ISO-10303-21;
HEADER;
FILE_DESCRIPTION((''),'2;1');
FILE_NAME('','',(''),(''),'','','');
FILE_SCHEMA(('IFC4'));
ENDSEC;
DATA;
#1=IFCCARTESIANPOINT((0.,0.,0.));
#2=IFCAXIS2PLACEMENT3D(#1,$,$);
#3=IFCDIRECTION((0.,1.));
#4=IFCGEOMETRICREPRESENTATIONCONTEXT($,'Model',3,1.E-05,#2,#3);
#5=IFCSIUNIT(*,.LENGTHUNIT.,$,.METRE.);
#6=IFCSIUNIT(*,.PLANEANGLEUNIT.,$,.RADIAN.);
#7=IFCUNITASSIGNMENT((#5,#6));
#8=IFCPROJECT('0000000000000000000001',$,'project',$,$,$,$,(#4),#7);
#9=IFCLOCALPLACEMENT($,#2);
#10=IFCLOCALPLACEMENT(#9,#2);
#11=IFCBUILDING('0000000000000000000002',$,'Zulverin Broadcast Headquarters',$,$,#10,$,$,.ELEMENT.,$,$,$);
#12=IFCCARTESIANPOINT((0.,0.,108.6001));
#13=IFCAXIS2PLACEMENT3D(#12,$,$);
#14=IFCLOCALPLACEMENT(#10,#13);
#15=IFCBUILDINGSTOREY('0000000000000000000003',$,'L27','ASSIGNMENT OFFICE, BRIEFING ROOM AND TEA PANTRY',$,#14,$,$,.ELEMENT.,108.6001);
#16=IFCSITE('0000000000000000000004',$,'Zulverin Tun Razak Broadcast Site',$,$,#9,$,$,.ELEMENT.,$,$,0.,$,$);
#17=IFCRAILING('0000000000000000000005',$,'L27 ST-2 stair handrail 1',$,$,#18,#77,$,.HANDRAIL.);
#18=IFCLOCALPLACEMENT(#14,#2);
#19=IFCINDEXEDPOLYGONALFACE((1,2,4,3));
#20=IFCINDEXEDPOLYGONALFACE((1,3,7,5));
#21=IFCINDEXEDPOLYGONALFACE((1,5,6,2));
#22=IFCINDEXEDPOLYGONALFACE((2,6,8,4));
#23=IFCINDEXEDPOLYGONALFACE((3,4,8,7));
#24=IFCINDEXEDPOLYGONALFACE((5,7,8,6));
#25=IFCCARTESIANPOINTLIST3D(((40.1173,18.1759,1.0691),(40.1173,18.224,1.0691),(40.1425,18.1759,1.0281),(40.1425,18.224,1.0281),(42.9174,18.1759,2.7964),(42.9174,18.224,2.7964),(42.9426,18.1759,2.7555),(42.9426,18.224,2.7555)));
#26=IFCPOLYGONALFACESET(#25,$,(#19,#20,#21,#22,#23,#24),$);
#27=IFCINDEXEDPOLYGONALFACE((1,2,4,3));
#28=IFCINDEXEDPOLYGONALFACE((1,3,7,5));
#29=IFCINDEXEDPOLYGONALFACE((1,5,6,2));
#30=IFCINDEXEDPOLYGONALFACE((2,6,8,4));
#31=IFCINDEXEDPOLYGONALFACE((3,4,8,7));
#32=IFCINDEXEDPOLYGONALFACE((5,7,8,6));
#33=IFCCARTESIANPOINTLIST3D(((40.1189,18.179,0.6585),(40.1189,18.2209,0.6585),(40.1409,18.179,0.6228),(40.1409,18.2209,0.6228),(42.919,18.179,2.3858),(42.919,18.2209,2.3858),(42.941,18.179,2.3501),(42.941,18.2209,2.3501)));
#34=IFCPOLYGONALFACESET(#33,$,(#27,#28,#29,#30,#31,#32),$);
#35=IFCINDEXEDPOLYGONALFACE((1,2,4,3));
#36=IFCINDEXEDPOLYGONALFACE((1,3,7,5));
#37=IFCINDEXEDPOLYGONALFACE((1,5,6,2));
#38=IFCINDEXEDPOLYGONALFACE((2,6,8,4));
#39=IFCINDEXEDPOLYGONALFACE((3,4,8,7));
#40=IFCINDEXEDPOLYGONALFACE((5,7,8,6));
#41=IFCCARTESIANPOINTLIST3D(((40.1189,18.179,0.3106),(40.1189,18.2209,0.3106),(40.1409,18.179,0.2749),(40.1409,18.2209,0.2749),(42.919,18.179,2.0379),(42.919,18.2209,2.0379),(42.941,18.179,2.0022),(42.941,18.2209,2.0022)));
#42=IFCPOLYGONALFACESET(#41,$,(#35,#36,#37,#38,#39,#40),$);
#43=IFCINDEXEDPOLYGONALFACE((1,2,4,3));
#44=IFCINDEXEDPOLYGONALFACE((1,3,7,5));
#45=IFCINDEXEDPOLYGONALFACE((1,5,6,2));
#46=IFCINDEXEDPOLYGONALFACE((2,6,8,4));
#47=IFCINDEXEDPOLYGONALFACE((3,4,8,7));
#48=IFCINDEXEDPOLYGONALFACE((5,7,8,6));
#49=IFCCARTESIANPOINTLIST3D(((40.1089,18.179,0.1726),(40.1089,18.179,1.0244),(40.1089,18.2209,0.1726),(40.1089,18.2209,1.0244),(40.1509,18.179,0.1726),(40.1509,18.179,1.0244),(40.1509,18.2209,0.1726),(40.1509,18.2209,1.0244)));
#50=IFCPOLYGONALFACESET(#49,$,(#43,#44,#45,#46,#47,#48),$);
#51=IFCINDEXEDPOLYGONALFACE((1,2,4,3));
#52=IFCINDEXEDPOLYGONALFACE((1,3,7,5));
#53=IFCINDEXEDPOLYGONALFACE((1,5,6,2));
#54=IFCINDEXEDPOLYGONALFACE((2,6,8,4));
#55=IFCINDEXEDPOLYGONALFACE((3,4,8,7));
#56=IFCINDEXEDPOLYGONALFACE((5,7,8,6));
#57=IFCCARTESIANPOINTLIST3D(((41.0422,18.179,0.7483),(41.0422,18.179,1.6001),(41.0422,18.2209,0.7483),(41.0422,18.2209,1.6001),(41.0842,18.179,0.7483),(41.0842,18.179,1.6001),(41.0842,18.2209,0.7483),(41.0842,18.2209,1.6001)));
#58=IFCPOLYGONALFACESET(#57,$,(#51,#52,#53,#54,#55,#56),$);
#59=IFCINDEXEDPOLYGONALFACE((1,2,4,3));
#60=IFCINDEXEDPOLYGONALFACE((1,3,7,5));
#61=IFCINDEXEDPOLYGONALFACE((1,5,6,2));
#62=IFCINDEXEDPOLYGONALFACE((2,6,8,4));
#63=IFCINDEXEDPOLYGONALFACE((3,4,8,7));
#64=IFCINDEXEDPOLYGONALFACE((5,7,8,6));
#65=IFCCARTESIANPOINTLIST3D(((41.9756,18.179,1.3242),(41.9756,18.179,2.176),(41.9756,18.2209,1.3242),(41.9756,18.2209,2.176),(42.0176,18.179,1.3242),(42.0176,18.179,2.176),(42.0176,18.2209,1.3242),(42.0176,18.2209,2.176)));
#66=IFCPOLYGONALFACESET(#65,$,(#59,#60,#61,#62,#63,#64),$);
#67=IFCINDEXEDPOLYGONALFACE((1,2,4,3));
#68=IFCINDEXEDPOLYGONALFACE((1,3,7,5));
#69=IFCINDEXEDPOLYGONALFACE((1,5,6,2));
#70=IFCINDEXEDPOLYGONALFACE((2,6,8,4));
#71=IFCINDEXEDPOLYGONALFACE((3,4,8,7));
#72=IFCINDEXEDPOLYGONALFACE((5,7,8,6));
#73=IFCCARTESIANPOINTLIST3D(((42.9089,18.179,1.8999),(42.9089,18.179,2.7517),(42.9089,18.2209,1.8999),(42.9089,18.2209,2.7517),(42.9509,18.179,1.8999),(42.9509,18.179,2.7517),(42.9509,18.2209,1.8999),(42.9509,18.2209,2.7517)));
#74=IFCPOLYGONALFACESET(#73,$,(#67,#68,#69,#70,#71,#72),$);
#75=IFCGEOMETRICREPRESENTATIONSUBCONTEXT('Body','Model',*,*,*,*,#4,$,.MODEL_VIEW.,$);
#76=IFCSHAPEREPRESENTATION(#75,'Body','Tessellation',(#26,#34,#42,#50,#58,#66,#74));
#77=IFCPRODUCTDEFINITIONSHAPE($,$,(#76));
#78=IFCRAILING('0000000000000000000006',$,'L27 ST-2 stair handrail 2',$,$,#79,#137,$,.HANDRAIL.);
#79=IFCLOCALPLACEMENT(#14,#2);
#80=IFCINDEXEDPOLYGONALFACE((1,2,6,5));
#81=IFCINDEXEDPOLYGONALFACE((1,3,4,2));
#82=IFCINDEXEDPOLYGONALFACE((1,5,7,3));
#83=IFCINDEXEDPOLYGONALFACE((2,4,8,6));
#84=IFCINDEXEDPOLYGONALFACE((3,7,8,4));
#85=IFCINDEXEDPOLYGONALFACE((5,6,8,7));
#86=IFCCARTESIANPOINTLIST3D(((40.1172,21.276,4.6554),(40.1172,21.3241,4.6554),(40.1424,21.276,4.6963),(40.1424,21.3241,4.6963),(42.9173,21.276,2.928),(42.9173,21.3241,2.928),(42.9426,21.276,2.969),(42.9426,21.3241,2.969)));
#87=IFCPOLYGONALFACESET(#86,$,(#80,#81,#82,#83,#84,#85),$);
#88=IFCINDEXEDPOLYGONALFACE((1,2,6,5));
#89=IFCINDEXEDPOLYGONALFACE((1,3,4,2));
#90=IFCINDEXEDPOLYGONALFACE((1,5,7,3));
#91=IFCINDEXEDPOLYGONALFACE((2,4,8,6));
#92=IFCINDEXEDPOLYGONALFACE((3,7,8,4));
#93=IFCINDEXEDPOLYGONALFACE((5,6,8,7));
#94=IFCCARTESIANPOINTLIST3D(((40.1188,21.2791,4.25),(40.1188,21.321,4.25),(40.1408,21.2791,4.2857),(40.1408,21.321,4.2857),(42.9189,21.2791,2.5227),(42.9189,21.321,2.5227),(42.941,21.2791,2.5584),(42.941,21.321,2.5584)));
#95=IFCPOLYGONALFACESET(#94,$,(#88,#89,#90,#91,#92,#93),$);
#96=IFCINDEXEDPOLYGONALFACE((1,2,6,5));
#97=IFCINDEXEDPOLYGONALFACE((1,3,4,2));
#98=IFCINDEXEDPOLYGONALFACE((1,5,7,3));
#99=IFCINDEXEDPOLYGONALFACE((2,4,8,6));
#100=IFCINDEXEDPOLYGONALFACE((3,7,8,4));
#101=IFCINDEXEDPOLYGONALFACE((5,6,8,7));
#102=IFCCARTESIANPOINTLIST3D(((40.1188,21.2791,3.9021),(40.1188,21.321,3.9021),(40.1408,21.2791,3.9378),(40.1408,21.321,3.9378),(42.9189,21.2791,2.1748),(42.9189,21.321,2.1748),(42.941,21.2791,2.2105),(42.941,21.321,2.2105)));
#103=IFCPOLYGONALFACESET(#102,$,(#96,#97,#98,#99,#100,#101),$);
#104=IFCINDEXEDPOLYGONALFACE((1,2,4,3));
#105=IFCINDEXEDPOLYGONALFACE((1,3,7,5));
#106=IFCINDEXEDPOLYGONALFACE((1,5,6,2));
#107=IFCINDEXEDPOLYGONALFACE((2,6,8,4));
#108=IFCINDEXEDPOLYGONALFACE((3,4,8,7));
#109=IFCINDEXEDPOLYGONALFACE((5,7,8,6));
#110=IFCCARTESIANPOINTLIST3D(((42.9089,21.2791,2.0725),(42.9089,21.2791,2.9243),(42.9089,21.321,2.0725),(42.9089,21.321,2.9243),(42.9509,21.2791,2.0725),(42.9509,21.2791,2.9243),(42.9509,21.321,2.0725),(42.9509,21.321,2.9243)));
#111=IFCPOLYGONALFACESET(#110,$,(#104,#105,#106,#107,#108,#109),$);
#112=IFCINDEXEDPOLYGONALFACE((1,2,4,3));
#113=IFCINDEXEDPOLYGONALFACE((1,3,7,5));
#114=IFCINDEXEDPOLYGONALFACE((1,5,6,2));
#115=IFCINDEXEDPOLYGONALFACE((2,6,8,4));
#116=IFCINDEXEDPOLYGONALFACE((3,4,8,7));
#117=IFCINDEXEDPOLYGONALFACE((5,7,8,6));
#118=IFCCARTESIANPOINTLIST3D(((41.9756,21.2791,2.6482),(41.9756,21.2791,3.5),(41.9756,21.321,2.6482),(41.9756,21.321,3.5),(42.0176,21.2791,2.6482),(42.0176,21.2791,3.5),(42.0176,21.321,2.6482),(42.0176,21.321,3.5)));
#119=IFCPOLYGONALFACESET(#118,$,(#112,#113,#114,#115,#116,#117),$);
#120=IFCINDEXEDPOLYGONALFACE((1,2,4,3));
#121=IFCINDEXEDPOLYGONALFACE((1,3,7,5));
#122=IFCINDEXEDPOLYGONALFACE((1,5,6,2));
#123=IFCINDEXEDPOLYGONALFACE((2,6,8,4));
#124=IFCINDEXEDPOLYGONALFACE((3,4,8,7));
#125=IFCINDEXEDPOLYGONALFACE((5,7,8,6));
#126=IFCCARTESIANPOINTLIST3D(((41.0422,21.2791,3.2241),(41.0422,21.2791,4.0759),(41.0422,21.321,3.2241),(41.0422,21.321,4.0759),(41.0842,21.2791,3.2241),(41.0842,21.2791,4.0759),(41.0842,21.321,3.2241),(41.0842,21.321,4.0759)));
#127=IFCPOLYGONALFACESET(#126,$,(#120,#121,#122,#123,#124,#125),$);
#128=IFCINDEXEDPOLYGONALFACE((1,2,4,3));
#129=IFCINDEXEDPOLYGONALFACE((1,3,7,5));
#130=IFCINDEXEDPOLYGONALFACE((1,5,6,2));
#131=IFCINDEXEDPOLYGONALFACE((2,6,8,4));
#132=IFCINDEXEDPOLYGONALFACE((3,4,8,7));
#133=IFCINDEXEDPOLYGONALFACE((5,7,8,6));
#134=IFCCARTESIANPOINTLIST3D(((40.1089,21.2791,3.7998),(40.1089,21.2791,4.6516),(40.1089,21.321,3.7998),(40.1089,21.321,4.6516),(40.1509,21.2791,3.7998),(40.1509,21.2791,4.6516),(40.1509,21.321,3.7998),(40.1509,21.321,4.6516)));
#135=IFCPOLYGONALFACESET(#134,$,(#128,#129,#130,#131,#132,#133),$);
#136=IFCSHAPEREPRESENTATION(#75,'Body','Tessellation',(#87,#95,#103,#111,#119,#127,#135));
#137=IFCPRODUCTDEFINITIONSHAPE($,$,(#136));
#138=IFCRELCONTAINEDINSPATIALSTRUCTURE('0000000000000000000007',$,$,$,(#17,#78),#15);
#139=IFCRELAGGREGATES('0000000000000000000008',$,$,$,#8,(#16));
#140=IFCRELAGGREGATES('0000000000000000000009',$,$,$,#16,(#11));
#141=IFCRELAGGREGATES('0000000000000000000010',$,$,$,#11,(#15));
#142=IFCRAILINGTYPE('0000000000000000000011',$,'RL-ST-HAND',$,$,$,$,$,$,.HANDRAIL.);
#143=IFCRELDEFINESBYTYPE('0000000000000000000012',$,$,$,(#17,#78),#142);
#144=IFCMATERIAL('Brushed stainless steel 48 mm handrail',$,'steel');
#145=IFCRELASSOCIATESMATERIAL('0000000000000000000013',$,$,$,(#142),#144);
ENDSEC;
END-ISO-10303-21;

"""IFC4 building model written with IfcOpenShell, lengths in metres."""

from ifc_helpers import new_model, si_unit, direction, frame, origin, origin_2d, place, context, subcontext, project, spatial, rectangle, extrude, material, type_object, element, save


model = new_model("IFC4")

# Units and contexts
model_context = context("Model", 3, precision=1e-05, world=origin(), true_north=direction((0.0, 1.0)))
body_context = subcontext(model_context, "Body", "Model", "MODEL_VIEW")
ifc_project = project(units=[si_unit("LENGTHUNIT", "METRE"), si_unit("PLANEANGLEUNIT", "RADIAN")], contexts=[model_context])

# Site, building, storey
site_placement = place(None, origin())
site = spatial("IfcSite", under=ifc_project, at=site_placement, Name="Zulverin Tun Razak Broadcast Site", CompositionType="ELEMENT", RefElevation=0.0)
building_placement = place(site_placement, origin())
building = spatial("IfcBuilding", under=site, at=building_placement, Name="Zulverin Broadcast Headquarters", CompositionType="ELEMENT")
storey_placement = place(building_placement, frame((0.0, 0.0, 108.6001)))
storey = spatial("IfcBuildingStorey", under=building, at=storey_placement, Name="L27", Description="ASSIGNMENT OFFICE, BRIEFING ROOM AND TEA PANTRY", CompositionType="ELEMENT", Elevation=108.6001)

# Railings
ifc_material_1 = material(Name="Brushed stainless steel 48 mm handrail", Category="steel")
railing_type_1 = type_object("IfcRailingType", Name="RL-ST-HAND", PredefinedType="HANDRAIL", material=ifc_material_1)
railing_1_placement = place(storey_placement, frame((40.1299, 18.2, 0.1726)))
element("IfcRailing", 1, at=railing_1_placement, inside=storey, type_object=railing_type_1, Name="L27 ST-2 stair handrail 1", PredefinedType="HANDRAIL", context=body_context, shape_type="SweptSolid", body=[
    extrude(rectangle(XDim=0.0481, YDim=0.0481, at=origin_2d()), frame((0.0, 0.0, 0.876), z_axis=(0.85109, 0.0, 0.52502), x_axis=(0.0, 1.0, 0.0)), (0.0, 0.0, 1.0), 3.29),
    extrude(rectangle(XDim=0.042, YDim=0.042, at=origin_2d()), frame((0.0, 0.0, 0.468), z_axis=(0.85109, 0.0, 0.52502), x_axis=(0.0, 1.0, 0.0)), (0.0, 0.0, 1.0), 3.29),
    extrude(rectangle(XDim=0.042, YDim=0.042, at=origin_2d()), frame((0.0, 0.0, 0.1201), z_axis=(0.85109, 0.0, 0.52502), x_axis=(0.0, 1.0, 0.0)), (0.0, 0.0, 1.0), 3.29),
    extrude(rectangle(XDim=0.042, YDim=0.042, at=origin_2d()), origin(), (0.0, 0.0, 1.0), 0.8518),
    extrude(rectangle(XDim=0.042, YDim=0.042, at=origin_2d()), frame((0.9333, 0.0, 0.5757)), (0.0, 0.0, 1.0), 0.8518),
    extrude(rectangle(XDim=0.042, YDim=0.042, at=origin_2d()), frame((1.8667, 0.0, 1.1516)), (0.0, 0.0, 1.0), 0.8518),
    extrude(rectangle(XDim=0.042, YDim=0.042, at=origin_2d()), frame((2.8, 0.0, 1.7273)), (0.0, 0.0, 1.0), 0.8518),
])
railing_2_placement = place(storey_placement, frame((42.9299, 21.3, 2.0725)))
element("IfcRailing", 2, at=railing_2_placement, inside=storey, type_object=railing_type_1, Name="L27 ST-2 stair handrail 2", PredefinedType="HANDRAIL", context=body_context, shape_type="SweptSolid", body=[
    extrude(rectangle(XDim=0.0481, YDim=0.0481, at=origin_2d()), frame((0.0, 0.0, 0.876), z_axis=(-0.85109, 0.0, 0.52502), x_axis=(0.0, -1.0, 0.0)), (0.0, 0.0, 1.0), 3.29),
    extrude(rectangle(XDim=0.042, YDim=0.042, at=origin_2d()), frame((0.0, 0.0, 0.468), z_axis=(-0.85109, 0.0, 0.52502), x_axis=(0.0, -1.0, 0.0)), (0.0, 0.0, 1.0), 3.29),
    extrude(rectangle(XDim=0.042, YDim=0.042, at=origin_2d()), frame((0.0, 0.0, 0.1201), z_axis=(-0.85109, 0.0, 0.52502), x_axis=(0.0, -1.0, 0.0)), (0.0, 0.0, 1.0), 3.29),
    extrude(rectangle(XDim=0.042, YDim=0.042, at=origin_2d()), origin(), (0.0, 0.0, 1.0), 0.8518),
    extrude(rectangle(XDim=0.042, YDim=0.042, at=origin_2d()), frame((-0.9333, 0.0, 0.5757)), (0.0, 0.0, 1.0), 0.8518),
    extrude(rectangle(XDim=0.042, YDim=0.042, at=origin_2d()), frame((-1.8667, 0.0, 1.1516)), (0.0, 0.0, 1.0), 0.8518),
    extrude(rectangle(XDim=0.042, YDim=0.042, at=origin_2d()), frame((-2.8, 0.0, 1.7273)), (0.0, 0.0, 1.0), 0.8518),
])

save(model, "model.ifc")
